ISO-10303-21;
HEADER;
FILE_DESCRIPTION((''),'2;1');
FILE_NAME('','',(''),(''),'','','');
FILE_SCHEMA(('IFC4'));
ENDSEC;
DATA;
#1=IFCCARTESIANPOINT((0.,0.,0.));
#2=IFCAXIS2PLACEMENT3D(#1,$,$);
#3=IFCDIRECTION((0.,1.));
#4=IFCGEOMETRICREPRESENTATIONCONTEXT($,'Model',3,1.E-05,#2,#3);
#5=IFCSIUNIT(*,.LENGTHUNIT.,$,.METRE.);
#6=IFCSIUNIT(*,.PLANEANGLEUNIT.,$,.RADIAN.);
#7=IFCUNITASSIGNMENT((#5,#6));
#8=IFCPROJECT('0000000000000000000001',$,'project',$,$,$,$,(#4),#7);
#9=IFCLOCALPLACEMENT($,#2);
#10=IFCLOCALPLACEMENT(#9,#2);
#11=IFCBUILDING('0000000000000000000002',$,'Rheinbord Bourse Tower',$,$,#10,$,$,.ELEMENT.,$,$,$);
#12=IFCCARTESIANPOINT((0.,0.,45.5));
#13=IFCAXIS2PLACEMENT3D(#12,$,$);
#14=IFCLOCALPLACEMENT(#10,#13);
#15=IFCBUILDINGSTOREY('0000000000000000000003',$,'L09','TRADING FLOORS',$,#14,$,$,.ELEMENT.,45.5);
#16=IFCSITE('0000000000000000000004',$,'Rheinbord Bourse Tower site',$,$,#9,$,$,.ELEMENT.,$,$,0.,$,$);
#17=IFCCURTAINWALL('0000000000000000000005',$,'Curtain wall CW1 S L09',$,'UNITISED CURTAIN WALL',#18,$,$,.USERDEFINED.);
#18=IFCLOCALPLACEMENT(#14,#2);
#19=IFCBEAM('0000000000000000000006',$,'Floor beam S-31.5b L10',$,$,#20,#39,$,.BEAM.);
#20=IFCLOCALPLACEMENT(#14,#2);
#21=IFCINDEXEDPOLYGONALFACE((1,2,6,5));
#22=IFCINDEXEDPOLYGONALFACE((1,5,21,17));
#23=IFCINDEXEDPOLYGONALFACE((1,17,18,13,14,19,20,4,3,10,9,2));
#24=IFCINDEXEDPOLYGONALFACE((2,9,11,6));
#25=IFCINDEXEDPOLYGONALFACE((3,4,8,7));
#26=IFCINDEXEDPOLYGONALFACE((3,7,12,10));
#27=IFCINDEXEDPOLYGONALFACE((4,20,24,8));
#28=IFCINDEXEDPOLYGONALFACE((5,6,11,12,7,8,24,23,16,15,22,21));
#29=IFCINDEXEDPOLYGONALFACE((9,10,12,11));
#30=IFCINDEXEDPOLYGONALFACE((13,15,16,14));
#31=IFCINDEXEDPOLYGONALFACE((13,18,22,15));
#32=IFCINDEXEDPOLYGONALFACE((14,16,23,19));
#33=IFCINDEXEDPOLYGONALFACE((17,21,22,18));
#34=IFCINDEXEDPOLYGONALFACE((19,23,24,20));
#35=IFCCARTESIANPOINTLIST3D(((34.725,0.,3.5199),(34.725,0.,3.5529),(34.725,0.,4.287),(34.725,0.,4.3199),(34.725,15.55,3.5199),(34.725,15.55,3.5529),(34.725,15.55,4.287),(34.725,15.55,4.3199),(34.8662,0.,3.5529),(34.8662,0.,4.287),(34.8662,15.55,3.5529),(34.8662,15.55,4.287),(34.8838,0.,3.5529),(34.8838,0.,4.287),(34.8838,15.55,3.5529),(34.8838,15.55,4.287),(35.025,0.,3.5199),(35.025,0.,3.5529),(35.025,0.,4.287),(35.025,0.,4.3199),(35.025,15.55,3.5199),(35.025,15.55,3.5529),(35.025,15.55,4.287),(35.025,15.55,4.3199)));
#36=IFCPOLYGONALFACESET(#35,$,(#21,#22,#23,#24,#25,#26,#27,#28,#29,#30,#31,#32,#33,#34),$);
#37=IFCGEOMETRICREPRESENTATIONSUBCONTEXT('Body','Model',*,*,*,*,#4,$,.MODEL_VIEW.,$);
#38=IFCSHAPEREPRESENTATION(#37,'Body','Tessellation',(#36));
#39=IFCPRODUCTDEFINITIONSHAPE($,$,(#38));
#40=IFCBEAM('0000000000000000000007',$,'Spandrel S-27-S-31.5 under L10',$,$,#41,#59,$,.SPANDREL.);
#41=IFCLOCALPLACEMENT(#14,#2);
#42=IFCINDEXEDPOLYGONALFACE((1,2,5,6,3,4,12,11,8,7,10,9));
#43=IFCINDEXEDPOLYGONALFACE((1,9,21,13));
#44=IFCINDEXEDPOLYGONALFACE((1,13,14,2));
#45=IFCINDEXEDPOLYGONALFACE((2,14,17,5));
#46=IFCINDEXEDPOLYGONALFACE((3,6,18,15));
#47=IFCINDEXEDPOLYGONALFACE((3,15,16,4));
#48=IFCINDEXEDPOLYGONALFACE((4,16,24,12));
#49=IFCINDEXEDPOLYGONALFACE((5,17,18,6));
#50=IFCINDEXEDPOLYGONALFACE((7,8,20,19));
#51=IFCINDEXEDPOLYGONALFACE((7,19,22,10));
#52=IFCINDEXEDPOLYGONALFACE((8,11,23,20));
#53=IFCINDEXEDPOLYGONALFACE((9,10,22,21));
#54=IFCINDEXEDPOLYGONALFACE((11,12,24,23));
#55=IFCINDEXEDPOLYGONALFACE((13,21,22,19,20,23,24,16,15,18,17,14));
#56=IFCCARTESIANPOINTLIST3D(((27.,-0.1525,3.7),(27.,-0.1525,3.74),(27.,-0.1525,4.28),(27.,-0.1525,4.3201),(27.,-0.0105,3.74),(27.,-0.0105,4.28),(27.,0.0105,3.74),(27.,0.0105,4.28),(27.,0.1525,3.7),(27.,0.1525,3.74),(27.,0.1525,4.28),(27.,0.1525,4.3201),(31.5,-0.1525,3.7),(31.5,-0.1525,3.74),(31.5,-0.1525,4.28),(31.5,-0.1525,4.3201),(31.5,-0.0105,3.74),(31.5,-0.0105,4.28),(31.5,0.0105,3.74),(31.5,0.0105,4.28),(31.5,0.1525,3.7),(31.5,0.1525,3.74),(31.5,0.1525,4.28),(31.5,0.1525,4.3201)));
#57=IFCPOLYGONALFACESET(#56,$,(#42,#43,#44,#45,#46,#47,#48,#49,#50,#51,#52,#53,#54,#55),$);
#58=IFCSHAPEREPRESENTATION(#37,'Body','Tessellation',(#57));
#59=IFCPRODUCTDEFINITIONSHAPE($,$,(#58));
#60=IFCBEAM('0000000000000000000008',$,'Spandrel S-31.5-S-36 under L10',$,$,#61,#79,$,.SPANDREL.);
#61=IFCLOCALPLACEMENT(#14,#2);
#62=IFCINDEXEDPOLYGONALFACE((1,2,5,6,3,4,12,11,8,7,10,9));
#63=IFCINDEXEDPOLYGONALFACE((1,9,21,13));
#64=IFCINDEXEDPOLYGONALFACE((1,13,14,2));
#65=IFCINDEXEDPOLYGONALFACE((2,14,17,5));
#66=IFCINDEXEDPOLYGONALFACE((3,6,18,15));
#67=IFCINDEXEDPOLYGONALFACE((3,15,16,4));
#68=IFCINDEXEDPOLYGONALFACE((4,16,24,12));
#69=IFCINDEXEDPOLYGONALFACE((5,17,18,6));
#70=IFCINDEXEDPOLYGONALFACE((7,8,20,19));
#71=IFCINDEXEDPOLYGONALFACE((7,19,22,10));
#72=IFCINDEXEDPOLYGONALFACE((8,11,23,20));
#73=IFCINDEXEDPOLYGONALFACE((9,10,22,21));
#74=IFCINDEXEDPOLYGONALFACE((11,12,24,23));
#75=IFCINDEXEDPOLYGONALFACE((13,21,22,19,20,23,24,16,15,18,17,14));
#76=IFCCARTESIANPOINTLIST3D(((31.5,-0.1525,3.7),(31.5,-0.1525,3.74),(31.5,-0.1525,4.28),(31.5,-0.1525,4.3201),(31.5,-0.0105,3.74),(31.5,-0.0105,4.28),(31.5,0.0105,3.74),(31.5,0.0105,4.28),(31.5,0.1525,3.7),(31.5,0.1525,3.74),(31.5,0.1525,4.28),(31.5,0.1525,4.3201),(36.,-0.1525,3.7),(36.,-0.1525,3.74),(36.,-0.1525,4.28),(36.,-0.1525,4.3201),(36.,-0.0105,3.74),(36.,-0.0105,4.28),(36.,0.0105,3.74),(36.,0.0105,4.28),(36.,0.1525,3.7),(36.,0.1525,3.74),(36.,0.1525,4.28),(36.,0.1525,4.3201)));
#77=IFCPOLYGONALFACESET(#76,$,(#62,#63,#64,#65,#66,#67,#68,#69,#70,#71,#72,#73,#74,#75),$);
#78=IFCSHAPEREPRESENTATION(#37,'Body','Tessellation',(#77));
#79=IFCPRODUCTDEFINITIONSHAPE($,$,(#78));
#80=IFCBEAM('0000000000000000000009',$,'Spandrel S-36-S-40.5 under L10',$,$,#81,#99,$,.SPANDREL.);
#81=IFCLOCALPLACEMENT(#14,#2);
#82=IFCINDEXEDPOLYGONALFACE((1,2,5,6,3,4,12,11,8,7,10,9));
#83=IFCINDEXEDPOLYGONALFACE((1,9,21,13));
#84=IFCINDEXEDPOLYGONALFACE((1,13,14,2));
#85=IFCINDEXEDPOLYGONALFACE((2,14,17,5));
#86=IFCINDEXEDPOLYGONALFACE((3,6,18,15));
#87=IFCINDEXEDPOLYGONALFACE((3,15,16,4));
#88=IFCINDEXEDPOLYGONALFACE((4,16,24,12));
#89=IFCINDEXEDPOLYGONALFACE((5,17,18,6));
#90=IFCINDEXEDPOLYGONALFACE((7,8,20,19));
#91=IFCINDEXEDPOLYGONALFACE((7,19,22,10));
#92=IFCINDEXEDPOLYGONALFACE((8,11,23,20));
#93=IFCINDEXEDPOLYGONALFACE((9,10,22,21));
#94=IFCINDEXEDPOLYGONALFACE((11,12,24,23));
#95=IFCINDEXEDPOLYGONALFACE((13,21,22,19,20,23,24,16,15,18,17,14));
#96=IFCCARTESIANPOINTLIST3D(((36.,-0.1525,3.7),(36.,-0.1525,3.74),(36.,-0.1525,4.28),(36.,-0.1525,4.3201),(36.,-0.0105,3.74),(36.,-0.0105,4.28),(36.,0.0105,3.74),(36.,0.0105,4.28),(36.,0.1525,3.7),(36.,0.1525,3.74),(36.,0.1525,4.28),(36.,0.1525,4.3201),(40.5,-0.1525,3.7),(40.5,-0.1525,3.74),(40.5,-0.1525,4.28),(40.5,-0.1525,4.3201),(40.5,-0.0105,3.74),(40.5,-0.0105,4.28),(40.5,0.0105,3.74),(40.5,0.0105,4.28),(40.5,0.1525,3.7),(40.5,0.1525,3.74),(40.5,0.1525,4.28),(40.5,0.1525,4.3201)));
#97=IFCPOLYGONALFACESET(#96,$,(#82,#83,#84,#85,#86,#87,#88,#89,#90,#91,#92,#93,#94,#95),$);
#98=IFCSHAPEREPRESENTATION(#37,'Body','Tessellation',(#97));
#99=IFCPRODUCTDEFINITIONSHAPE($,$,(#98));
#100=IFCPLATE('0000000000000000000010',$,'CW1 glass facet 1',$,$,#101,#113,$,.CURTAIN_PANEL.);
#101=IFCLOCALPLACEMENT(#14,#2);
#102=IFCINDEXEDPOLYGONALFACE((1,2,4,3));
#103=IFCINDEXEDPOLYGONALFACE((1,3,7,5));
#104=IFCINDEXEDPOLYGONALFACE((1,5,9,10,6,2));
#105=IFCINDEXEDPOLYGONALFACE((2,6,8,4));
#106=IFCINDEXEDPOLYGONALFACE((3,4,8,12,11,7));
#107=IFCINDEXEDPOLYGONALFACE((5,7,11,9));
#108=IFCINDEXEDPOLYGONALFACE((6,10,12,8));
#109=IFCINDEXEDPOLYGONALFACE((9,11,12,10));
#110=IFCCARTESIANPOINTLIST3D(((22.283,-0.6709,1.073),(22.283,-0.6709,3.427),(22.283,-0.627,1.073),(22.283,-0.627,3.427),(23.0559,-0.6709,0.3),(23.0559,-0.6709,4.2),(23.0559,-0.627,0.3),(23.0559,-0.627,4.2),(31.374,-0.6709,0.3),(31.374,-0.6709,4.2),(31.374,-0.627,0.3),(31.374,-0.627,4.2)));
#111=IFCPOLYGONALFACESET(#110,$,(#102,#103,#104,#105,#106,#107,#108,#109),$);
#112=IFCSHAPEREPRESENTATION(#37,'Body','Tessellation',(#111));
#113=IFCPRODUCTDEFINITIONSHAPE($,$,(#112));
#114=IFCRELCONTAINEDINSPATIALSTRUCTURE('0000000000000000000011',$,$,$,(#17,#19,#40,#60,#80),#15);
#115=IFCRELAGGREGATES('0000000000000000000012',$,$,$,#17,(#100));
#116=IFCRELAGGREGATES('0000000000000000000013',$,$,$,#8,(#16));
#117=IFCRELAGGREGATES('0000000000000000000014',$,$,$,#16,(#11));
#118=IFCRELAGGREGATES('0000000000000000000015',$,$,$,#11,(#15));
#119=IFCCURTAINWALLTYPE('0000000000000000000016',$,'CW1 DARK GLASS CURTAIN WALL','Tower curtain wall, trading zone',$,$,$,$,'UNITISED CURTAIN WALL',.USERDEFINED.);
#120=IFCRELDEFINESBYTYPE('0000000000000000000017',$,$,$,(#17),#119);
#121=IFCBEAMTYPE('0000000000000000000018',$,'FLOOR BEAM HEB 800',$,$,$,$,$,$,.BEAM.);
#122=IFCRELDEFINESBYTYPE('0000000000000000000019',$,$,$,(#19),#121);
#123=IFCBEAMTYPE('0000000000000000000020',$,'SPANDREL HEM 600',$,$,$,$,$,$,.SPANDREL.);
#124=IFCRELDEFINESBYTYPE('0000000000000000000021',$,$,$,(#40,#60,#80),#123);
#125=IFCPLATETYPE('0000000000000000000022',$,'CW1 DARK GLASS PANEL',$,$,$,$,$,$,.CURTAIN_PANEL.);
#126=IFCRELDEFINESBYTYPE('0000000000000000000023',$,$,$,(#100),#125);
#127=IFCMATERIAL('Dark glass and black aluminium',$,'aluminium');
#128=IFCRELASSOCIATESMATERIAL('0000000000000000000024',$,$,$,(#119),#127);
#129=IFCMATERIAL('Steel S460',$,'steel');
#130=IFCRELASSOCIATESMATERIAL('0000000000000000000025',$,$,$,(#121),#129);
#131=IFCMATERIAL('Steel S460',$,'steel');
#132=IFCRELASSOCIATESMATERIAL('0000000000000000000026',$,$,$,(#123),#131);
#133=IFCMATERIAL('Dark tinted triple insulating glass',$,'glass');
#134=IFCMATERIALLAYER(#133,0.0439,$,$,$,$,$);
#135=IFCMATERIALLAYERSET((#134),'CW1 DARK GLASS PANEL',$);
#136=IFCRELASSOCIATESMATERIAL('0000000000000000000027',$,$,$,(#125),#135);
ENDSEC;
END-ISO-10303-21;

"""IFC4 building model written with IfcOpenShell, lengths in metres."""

from ifc_helpers import new_model, si_unit, direction, frame, origin, origin_2d, place, context, subcontext, project, spatial, polyline, i_section, outline, extrude, material, layer, layer_set, material_profile, profile_set, type_object, element, aggregate, save


model = new_model("IFC4")

# Units and contexts
model_context = context("Model", 3, precision=1e-05, world=origin(), true_north=direction((0.0, 1.0)))
body_context = subcontext(model_context, "Body", "Model", "MODEL_VIEW")
ifc_project = project(units=[si_unit("LENGTHUNIT", "METRE"), si_unit("PLANEANGLEUNIT", "RADIAN")], contexts=[model_context])

# Site, building, storey
site_placement = place(None, origin())
site = spatial("IfcSite", under=ifc_project, at=site_placement, Name="Rheinbord Bourse Tower site", CompositionType="ELEMENT", RefElevation=0.0)
building_placement = place(site_placement, origin())
building = spatial("IfcBuilding", under=site, at=building_placement, Name="Rheinbord Bourse Tower", CompositionType="ELEMENT")
storey_placement = place(building_placement, frame((0.0, 0.0, 45.5)))
storey = spatial("IfcBuildingStorey", under=building, at=storey_placement, Name="L09", Description="TRADING FLOORS", CompositionType="ELEMENT", Elevation=45.5)

# Curtain wall
ifc_material_1 = material(Name="Dark glass and black aluminium", Category="aluminium")
curtain_wall_type = type_object("IfcCurtainWallType", Name="CW1 DARK GLASS CURTAIN WALL", Description="Tower curtain wall, trading zone", ElementType="UNITISED CURTAIN WALL", PredefinedType="USERDEFINED", material=ifc_material_1)
curtain_wall_placement = place(storey_placement, origin())
curtain_wall = element("IfcCurtainWall", 1, at=curtain_wall_placement, inside=storey, type_object=curtain_wall_type, Name="Curtain wall CW1 S L09", ObjectType="UNITISED CURTAIN WALL", PredefinedType="USERDEFINED")

# Beams
ifc_material_2 = material(Name="Steel S460", Category="steel")
ifc_material_profile_1 = material_profile(ifc_material_2, i_section(OverallWidth=0.3, OverallDepth=0.8, WebThickness=0.0176, FlangeThickness=0.033, at=origin_2d()), Name="HEB 800")
ifc_profile_set_1 = profile_set([ifc_material_profile_1], Name="Steel S460")
beam_type_1 = type_object("IfcBeamType", Name="FLOOR BEAM HEB 800", PredefinedType="BEAM", material=ifc_profile_set_1)
for number, where, z_axis, x_axis, name in (
    (2, (34.875, 0.0, 3.9199), (0.0, 1.0, 0.0), (-1.0, 0.0, 0.0), "Floor beam S-31.5b L10"),
):
    element("IfcBeam", number, at=place(storey_placement, frame(where, z_axis=z_axis, x_axis=x_axis)), inside=storey, type_object=beam_type_1, Name=name, PredefinedType="BEAM", context=body_context, shape_type="SweptSolid", body=[
        extrude(i_section(OverallWidth=0.3, OverallDepth=0.8, WebThickness=0.0176, FlangeThickness=0.033, at=origin_2d()), origin(), (0.0, 0.0, 1.0), 15.55),
    ])
ifc_material_3 = material(Name="Steel S460", Category="steel")
ifc_material_profile_2 = material_profile(ifc_material_3, i_section(OverallWidth=0.3049, OverallDepth=0.6201, WebThickness=0.021, FlangeThickness=0.04, at=origin_2d()), Name="HEM 600")
ifc_profile_set_2 = profile_set([ifc_material_profile_2], Name="Steel S460")
beam_type_2 = type_object("IfcBeamType", Name="SPANDREL HEM 600", PredefinedType="SPANDREL", material=ifc_profile_set_2)
for number, where, z_axis, x_axis, name in (
    (3, (27.0, 0.0, 4.01), (1.0, 0.0, 0.0), (0.0, 1.0, 0.0), "Spandrel S-27-S-31.5 under L10"),
    (4, (31.5, 0.0, 4.01), (1.0, 0.0, 0.0), (0.0, 1.0, 0.0), "Spandrel S-31.5-S-36 under L10"),
    (5, (36.0, 0.0, 4.01), (1.0, 0.0, 0.0), (0.0, 1.0, 0.0), "Spandrel S-36-S-40.5 under L10"),
):
    element("IfcBeam", number, at=place(storey_placement, frame(where, z_axis=z_axis, x_axis=x_axis)), inside=storey, type_object=beam_type_2, Name=name, PredefinedType="SPANDREL", context=body_context, shape_type="SweptSolid", body=[
        extrude(i_section(OverallWidth=0.3049, OverallDepth=0.6201, WebThickness=0.021, FlangeThickness=0.04, at=origin_2d()), origin(), (0.0, 0.0, 1.0), 4.5),
    ])

# Plate
ifc_material_4 = material(Name="Dark tinted triple insulating glass", Category="glass")
ifc_layer = layer(ifc_material_4, 0.0439)
ifc_layer_set = layer_set([ifc_layer], Name="CW1 DARK GLASS PANEL")
plate_type = type_object("IfcPlateType", Name="CW1 DARK GLASS PANEL", PredefinedType="CURTAIN_PANEL", material=ifc_layer_set)
plate_placement = place(storey_placement, frame((31.374, -0.6709, 4.2), z_axis=(0.0, 1.0, 0.0), x_axis=(0.0, 0.0, -1.0)))
plate = element("IfcPlate", 6, at=plate_placement, type_object=plate_type, Name="CW1 glass facet 1", PredefinedType="CURTAIN_PANEL", context=body_context, shape_type="SweptSolid", body=[
    extrude(outline(polyline([(0.0, 0.0), (3.8999, 0.0), (3.8999, 8.3181), (3.127, 9.0911), (0.7729, 9.0911), (0.0, 8.3181), (0.0, 0.0)])), origin(), (0.0, 0.0, 1.0), 0.0439),
])
aggregate(curtain_wall, [plate])

save(model, "model.ifc")
